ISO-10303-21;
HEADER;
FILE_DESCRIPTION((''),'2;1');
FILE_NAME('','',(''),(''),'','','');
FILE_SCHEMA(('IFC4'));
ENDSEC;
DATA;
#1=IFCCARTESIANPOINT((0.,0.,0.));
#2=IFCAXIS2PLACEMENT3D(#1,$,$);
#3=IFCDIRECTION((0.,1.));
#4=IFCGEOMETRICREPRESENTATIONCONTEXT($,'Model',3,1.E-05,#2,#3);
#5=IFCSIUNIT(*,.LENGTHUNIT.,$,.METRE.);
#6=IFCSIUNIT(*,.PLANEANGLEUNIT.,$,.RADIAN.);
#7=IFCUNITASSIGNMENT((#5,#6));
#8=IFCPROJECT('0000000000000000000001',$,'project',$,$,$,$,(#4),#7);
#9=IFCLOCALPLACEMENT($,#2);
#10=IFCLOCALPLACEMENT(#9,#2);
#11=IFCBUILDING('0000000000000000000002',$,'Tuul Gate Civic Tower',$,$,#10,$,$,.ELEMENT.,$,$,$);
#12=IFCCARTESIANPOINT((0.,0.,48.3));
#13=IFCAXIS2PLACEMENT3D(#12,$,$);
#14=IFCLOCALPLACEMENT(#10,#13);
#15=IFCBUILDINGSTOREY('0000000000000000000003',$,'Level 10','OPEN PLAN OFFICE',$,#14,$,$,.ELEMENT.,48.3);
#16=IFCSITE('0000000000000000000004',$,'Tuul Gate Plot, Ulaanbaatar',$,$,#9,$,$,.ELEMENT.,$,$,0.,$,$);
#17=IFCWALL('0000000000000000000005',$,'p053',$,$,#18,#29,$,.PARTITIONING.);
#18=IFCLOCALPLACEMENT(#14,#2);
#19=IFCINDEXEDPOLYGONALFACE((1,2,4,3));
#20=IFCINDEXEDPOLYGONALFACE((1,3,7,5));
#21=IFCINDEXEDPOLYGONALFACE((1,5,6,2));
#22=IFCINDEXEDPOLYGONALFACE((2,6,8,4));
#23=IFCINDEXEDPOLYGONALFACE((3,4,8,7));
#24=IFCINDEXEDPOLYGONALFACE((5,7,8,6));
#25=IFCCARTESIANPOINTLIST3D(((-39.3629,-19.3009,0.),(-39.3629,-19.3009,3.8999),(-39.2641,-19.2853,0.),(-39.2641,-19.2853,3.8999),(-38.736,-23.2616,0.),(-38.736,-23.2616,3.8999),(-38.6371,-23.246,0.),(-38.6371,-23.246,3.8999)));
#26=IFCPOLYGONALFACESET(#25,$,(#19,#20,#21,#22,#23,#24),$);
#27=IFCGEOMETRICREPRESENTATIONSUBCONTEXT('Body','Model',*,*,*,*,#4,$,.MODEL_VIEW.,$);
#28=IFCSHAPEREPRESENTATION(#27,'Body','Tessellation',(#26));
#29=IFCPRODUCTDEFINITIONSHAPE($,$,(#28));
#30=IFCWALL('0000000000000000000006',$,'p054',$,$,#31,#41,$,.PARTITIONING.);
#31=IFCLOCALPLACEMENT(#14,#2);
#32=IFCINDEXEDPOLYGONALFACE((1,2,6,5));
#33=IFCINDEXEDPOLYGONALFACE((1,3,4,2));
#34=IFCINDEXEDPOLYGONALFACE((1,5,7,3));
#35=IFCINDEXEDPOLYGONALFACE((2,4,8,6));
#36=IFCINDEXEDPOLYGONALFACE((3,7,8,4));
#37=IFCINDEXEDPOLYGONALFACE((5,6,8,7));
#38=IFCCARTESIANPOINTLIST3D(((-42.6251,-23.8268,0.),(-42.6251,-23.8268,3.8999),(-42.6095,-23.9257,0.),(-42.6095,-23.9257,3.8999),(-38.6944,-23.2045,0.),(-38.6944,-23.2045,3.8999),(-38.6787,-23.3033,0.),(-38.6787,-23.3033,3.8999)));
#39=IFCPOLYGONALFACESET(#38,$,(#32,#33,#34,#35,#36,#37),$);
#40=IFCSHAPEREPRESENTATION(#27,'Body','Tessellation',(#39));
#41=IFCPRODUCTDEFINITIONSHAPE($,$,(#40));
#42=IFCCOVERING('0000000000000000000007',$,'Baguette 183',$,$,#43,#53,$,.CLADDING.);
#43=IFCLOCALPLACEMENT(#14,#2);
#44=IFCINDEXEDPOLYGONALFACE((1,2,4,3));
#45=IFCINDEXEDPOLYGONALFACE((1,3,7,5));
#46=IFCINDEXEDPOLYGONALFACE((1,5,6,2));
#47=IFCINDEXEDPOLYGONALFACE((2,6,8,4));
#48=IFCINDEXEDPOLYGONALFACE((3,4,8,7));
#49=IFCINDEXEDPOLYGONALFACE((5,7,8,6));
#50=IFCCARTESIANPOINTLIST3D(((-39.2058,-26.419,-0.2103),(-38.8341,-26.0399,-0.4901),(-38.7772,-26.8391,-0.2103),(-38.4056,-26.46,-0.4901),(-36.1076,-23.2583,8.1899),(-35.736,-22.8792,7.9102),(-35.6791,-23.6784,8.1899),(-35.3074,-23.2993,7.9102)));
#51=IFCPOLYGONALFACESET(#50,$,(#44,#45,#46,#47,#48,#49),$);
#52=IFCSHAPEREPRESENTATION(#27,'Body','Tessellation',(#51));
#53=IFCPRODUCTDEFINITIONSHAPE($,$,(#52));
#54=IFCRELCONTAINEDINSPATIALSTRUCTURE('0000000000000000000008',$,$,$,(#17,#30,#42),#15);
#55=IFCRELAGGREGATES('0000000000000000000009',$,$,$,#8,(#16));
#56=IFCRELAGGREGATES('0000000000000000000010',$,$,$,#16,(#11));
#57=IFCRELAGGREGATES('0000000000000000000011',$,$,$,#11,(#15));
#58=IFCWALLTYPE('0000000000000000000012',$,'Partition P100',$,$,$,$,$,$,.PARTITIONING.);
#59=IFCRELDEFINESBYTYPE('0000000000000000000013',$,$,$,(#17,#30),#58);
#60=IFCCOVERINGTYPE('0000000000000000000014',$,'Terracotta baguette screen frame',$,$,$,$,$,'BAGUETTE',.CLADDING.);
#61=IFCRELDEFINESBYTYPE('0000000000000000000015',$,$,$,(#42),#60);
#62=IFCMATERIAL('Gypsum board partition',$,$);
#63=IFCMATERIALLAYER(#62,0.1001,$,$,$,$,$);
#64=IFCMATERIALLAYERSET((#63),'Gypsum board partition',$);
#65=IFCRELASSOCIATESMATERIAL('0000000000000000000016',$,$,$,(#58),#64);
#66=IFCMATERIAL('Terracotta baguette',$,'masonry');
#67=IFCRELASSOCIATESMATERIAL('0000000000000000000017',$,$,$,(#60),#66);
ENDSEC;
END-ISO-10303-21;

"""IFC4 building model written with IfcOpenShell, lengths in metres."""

from ifc_helpers import new_model, si_unit, direction, frame, frame_2d, origin, origin_2d, place, context, subcontext, project, spatial, rectangle, extrude, material, layer, layer_set, material_profile, profile_set, type_object, element, save


model = new_model("IFC4")

# Units and contexts
model_context = context("Model", 3, precision=1e-05, world=origin(), true_north=direction((0.0, 1.0)))
body_context = subcontext(model_context, "Body", "Model", "MODEL_VIEW")
ifc_project = project(units=[si_unit("LENGTHUNIT", "METRE"), si_unit("PLANEANGLEUNIT", "RADIAN")], contexts=[model_context])

# Site, building, storey
site_placement = place(None, origin())
site = spatial("IfcSite", under=ifc_project, at=site_placement, Name="Tuul Gate Plot, Ulaanbaatar", CompositionType="ELEMENT", RefElevation=0.0)
building_placement = place(site_placement, origin())
building = spatial("IfcBuilding", under=site, at=building_placement, Name="Tuul Gate Civic Tower", CompositionType="ELEMENT")
storey_placement = place(building_placement, frame((0.0, 0.0, 48.3)))
storey = spatial("IfcBuildingStorey", under=building, at=storey_placement, Name="Level 10", Description="OPEN PLAN OFFICE", CompositionType="ELEMENT", Elevation=48.3)

# Walls
ifc_material_1 = material(Name="Gypsum board partition")
ifc_layer_1 = layer(ifc_material_1, 0.1001)
ifc_layer_set_1 = layer_set([ifc_layer_1], Name="Gypsum board partition")
wall_type_1 = type_object("IfcWallType", Name="Partition P100", PredefinedType="PARTITIONING", material=ifc_layer_set_1)
wall_1_placement = place(storey_placement, frame((-39.3135, -19.2932, 0.0), z_axis=(0.0, 0.0, 1.0), x_axis=(0.156347, -0.987702, 0.0)))
element("IfcWall", 1, at=wall_1_placement, inside=storey, type_object=wall_type_1, Name="p053", PredefinedType="PARTITIONING", context=body_context, shape_type="SweptSolid", body=[
    extrude(rectangle(XDim=4.01, YDim=0.1001, at=frame_2d((2.0049, 0.0))), origin(), (0.0, 0.0, 1.0), 3.8999),
])
wall_2_placement = place(storey_placement, frame((-42.6172, -23.8762, 0.0), z_axis=(0.0, 0.0, 1.0), x_axis=(0.987698, 0.156375, 0.0)))
element("IfcWall", 2, at=wall_2_placement, inside=storey, type_object=wall_type_1, Name="p054", PredefinedType="PARTITIONING", context=body_context, shape_type="SweptSolid", body=[
    extrude(rectangle(XDim=3.9797, YDim=0.1001, at=frame_2d((1.9897, 0.0))), origin(), (0.0, 0.0, 1.0), 3.8999),
])

# Covering
ifc_material_2 = material(Name="Terracotta baguette", Category="masonry")
ifc_material_profile_1 = material_profile(ifc_material_2, rectangle(XDim=0.6001, YDim=0.6001, at=origin_2d()), Name="Terracotta baguette screen frame")
ifc_profile_set_1 = profile_set([ifc_material_profile_1], Name="Terracotta baguette")
covering_type = type_object("IfcCoveringType", Name="Terracotta baguette screen frame", ElementType="BAGUETTE", PredefinedType="CLADDING", material=ifc_profile_set_1)
covering_placement = place(storey_placement, frame((-35.7075, -23.2788, 8.05), z_axis=(-0.3263, -0.332883, -0.884713), x_axis=(0.714132, -0.700011, 0.0)))
element("IfcCovering", 3, at=covering_placement, inside=storey, type_object=covering_type, Name="Baguette 183", PredefinedType="CLADDING", context=body_context, shape_type="SweptSolid", body=[
    extrude(rectangle(XDim=0.6001, YDim=0.6001, at=origin_2d()), origin(), (0.0, 0.0, 1.0), 9.4949),
])

save(model, "model.ifc")
